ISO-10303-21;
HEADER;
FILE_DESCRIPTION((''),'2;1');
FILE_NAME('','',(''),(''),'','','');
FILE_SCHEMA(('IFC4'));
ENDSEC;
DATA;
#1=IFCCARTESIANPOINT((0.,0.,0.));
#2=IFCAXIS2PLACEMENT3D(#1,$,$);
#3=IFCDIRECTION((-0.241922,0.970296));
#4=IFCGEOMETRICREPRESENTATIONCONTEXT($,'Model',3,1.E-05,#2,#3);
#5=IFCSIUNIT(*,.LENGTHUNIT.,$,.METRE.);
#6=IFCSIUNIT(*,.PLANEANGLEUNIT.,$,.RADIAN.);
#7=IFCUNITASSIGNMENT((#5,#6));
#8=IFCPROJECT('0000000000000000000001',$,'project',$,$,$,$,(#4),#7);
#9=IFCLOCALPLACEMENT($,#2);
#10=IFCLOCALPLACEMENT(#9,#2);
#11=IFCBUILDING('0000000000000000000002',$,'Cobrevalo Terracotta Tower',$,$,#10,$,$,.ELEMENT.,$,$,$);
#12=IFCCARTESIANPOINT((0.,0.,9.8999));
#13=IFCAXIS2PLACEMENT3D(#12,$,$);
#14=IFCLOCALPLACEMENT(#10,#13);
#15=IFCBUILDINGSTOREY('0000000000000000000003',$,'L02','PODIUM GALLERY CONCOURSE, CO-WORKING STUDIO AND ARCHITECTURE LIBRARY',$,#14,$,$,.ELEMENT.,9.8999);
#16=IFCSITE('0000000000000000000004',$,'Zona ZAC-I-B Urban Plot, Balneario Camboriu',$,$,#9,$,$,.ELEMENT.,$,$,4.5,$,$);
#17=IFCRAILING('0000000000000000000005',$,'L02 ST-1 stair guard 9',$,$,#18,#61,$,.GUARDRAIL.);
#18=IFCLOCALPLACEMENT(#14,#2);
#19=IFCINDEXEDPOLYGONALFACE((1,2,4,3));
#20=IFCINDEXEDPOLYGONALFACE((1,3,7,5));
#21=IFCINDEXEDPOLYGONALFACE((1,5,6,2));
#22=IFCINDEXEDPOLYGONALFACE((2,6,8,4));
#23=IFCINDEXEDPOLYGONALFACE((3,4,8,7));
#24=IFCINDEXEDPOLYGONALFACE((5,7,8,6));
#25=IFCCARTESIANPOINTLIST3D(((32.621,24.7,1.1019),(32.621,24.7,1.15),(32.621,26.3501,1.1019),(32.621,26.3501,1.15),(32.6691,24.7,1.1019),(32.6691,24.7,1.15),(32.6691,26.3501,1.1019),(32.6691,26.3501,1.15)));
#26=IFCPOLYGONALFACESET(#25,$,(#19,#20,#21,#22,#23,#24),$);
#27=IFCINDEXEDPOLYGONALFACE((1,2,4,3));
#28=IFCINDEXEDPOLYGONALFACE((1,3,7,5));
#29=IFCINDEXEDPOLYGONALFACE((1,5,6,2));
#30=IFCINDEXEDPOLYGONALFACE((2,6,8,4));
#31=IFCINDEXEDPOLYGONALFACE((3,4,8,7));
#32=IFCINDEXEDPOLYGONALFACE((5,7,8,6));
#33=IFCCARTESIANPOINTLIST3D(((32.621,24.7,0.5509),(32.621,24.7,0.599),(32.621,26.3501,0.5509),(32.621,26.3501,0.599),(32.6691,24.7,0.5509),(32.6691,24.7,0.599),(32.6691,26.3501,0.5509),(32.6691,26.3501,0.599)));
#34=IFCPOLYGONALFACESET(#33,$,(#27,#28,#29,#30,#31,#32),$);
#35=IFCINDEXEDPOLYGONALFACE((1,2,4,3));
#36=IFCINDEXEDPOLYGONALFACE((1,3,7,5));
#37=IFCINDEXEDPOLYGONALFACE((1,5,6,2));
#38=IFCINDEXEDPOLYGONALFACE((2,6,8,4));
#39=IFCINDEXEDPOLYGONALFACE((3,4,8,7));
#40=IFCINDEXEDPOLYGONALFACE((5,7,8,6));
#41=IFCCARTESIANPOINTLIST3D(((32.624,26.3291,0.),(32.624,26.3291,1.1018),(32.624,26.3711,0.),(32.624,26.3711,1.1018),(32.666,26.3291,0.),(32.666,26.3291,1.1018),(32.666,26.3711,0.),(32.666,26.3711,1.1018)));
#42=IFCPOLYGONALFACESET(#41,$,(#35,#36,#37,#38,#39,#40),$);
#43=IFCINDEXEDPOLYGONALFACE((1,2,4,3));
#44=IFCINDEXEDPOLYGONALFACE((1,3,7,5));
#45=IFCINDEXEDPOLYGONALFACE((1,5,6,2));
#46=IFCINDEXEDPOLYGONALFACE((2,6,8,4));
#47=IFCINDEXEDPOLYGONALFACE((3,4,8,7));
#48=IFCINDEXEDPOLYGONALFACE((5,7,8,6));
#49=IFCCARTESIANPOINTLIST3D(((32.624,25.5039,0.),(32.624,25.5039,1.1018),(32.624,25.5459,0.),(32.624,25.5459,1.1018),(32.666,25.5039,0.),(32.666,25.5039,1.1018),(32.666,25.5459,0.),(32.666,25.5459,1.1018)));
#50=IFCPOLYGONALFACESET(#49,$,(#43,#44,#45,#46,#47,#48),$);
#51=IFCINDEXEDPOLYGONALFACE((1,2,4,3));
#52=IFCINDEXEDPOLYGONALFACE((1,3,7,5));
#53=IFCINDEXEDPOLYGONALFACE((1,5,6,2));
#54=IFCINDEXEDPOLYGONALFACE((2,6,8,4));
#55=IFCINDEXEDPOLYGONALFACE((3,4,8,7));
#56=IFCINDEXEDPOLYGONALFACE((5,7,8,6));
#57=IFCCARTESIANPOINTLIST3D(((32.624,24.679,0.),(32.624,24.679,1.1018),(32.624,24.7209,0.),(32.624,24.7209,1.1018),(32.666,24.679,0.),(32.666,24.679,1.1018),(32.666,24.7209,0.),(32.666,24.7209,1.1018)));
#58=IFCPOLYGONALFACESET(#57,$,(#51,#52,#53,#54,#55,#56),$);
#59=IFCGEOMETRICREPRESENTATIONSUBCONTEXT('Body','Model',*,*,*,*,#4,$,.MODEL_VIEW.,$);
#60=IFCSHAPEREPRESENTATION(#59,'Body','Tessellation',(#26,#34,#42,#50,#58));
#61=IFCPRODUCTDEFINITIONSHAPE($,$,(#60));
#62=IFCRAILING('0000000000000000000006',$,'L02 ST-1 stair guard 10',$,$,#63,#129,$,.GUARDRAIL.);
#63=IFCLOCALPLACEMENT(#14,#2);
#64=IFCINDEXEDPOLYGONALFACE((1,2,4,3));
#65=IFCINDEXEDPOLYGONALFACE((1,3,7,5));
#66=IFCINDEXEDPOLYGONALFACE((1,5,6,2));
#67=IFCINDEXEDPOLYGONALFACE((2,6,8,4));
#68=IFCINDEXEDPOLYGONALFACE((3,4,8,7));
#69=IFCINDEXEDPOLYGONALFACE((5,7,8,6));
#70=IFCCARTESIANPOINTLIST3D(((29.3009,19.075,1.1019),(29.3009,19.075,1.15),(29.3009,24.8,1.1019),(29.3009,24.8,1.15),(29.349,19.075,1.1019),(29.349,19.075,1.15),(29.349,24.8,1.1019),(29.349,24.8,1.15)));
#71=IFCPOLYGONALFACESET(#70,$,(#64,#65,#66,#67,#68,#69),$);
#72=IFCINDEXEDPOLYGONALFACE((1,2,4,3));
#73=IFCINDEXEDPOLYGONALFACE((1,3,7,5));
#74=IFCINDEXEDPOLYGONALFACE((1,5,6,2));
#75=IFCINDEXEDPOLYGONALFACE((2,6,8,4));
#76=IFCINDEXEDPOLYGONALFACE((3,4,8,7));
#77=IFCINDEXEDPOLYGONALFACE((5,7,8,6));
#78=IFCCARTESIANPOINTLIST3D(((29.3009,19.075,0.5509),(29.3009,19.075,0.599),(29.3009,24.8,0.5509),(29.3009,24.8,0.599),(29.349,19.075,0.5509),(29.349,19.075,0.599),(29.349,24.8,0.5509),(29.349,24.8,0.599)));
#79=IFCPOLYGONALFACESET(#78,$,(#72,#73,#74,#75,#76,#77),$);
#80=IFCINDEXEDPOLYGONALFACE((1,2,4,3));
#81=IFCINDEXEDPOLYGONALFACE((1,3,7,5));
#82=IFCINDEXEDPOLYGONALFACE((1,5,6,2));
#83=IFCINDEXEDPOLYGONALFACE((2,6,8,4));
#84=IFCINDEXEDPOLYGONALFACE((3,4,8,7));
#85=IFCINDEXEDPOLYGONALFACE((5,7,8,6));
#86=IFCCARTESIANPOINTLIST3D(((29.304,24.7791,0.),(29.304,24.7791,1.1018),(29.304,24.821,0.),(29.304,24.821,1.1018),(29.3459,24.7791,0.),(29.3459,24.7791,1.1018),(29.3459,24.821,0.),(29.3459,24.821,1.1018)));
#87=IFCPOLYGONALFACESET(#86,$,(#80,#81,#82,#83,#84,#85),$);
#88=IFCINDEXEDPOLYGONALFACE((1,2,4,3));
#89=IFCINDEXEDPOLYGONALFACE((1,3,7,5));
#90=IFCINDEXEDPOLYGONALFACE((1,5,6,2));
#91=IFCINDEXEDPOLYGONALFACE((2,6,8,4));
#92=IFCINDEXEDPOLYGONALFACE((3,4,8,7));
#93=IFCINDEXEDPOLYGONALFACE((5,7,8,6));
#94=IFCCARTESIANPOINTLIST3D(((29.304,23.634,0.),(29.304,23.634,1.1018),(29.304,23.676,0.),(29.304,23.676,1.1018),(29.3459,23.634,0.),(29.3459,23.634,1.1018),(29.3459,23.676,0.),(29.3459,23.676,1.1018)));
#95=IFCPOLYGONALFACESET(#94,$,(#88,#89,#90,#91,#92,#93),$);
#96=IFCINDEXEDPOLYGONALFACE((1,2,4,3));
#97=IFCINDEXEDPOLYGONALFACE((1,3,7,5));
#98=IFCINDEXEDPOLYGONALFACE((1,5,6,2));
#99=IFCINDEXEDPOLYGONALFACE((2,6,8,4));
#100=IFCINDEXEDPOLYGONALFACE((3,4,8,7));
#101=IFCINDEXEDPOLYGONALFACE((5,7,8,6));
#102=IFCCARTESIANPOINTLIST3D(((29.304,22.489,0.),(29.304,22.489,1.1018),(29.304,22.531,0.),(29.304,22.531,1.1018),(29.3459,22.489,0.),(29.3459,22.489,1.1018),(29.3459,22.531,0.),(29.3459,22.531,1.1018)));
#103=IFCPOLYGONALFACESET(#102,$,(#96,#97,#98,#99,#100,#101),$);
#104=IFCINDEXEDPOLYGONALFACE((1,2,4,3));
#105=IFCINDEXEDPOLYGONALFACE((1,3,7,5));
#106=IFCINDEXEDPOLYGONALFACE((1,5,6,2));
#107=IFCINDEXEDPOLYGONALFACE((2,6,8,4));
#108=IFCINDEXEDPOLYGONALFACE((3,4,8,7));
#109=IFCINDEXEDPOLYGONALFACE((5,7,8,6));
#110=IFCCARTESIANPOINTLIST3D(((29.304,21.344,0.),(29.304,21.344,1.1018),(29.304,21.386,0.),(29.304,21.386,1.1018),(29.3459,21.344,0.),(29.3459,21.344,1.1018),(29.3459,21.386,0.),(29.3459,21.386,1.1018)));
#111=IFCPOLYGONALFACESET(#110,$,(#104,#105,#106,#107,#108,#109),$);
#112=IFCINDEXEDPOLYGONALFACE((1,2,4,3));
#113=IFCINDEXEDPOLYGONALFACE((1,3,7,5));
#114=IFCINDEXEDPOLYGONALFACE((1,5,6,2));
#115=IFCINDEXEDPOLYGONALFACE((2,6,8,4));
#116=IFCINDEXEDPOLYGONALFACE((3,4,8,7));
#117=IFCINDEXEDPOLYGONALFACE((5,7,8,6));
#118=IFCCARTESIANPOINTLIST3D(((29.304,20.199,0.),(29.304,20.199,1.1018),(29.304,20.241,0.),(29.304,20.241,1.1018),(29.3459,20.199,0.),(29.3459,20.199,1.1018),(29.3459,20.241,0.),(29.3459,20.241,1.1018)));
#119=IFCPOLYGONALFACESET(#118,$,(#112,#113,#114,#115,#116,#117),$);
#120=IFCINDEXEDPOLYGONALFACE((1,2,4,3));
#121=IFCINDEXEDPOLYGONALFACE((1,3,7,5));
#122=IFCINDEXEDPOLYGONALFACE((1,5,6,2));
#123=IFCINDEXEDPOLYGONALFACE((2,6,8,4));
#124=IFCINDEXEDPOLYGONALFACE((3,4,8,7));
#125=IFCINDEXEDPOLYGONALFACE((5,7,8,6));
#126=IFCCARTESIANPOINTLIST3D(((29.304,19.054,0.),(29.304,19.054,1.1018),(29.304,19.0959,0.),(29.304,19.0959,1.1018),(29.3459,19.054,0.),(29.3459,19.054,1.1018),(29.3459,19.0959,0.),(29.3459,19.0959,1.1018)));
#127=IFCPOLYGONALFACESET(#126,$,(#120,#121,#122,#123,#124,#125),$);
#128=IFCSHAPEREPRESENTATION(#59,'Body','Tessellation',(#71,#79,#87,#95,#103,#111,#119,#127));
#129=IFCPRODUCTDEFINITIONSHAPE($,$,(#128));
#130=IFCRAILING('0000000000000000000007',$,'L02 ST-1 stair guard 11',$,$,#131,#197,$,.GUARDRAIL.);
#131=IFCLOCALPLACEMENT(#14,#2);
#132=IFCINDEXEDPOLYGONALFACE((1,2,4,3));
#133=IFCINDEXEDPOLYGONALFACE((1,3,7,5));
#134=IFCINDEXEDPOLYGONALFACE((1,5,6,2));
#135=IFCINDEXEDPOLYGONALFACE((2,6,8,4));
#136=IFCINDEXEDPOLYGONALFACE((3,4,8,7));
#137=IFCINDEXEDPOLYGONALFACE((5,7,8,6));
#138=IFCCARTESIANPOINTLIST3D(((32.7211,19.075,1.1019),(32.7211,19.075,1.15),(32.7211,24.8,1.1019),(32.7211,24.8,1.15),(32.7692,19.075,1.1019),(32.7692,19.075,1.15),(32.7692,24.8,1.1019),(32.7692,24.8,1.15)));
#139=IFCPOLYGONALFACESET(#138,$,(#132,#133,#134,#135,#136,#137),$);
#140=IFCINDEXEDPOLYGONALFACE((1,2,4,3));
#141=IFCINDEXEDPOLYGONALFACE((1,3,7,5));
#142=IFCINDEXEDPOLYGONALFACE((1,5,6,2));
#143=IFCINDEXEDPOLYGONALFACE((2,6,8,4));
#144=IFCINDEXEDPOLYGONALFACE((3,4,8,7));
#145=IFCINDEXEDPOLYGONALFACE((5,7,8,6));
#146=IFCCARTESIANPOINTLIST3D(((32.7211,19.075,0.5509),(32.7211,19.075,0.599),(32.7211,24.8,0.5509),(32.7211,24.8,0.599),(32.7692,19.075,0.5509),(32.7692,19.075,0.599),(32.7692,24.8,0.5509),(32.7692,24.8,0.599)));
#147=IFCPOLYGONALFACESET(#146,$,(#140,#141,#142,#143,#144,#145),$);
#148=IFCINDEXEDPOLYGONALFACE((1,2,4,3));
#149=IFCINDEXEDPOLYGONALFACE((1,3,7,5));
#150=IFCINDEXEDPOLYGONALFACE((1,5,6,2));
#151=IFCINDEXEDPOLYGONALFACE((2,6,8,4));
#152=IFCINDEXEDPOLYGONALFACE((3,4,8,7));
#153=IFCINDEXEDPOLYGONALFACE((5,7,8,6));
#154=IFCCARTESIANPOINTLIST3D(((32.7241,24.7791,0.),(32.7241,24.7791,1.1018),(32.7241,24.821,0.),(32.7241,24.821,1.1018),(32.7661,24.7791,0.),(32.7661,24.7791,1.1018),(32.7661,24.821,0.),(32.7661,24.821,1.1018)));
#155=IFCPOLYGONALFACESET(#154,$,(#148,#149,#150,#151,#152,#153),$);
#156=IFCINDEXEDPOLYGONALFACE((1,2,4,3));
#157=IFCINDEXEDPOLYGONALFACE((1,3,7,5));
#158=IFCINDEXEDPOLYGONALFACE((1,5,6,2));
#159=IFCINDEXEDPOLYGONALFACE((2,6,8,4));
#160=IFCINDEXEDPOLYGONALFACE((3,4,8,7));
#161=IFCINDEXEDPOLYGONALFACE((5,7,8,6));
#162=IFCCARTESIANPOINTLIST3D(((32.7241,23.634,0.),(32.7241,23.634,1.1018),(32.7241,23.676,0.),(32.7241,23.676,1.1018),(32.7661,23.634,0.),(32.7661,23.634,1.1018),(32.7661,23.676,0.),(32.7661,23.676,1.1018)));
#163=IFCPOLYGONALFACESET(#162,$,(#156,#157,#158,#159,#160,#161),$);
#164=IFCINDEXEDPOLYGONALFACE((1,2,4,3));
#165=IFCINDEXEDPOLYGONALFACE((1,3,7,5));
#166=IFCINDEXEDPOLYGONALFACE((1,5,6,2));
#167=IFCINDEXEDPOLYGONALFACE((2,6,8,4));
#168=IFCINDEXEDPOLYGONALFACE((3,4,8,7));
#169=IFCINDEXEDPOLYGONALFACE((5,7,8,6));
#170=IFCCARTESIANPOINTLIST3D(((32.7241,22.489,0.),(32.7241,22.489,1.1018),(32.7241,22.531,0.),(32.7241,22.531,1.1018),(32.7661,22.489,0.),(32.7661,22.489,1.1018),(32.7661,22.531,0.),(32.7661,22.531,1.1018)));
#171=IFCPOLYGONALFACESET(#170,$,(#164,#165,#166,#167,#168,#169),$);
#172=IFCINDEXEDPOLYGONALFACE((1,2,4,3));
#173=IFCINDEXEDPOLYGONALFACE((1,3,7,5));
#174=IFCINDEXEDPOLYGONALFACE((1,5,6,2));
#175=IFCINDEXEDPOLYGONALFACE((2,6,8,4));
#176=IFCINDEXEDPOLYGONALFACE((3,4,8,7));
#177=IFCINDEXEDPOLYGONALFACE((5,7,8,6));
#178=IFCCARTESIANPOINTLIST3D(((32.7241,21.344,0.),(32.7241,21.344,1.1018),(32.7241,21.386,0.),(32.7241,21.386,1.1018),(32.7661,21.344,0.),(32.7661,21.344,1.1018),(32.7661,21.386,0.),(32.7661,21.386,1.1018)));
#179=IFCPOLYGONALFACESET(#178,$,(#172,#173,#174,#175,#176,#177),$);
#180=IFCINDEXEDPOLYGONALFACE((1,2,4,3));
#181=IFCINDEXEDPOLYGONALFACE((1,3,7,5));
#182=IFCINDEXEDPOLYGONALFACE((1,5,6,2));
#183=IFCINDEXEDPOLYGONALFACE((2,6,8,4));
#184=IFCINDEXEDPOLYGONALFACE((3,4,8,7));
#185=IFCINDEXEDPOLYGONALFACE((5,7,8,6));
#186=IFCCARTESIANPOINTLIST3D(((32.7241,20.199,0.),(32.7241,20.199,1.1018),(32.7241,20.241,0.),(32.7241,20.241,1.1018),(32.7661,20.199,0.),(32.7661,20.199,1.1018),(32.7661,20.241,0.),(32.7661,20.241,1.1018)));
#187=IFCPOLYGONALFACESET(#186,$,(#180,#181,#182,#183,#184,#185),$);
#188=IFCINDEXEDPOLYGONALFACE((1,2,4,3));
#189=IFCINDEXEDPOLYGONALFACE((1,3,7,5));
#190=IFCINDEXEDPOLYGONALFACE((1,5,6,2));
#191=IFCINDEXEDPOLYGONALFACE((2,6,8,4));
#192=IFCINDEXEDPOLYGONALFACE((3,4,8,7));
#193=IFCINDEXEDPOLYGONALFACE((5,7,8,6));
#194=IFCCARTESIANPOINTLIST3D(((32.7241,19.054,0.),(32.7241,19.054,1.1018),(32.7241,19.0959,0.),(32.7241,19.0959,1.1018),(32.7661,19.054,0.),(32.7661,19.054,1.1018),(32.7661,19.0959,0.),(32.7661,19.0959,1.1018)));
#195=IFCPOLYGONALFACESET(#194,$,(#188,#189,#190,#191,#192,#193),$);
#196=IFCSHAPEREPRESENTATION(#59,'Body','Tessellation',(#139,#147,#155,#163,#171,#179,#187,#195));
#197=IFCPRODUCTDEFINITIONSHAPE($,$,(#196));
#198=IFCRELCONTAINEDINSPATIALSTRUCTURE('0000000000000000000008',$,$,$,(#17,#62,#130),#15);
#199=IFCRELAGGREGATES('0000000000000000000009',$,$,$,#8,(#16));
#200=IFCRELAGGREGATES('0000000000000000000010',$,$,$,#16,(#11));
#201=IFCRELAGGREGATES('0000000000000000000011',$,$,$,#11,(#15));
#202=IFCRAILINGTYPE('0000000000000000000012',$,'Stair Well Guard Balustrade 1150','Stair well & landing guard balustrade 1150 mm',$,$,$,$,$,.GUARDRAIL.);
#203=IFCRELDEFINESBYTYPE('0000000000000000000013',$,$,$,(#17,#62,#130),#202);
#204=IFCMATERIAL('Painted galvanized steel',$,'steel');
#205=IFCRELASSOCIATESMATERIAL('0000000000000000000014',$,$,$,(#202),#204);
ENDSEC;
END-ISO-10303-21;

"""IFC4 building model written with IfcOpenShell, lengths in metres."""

from ifc_helpers import new_model, si_unit, direction, frame, origin, origin_2d, place, context, subcontext, project, spatial, rectangle, extrude, material, type_object, element, save


model = new_model("IFC4")

# Units and contexts
model_context = context("Model", 3, precision=1e-05, world=origin(), true_north=direction((-0.241922, 0.970296)))
body_context = subcontext(model_context, "Body", "Model", "MODEL_VIEW")
ifc_project = project(units=[si_unit("LENGTHUNIT", "METRE"), si_unit("PLANEANGLEUNIT", "RADIAN")], contexts=[model_context])

# Site, building, storey
site_placement = place(None, origin())
site = spatial("IfcSite", under=ifc_project, at=site_placement, Name="Zona ZAC-I-B Urban Plot, Balneario Camboriu", CompositionType="ELEMENT", RefElevation=4.5)
building_placement = place(site_placement, origin())
building = spatial("IfcBuilding", under=site, at=building_placement, Name="Cobrevalo Terracotta Tower", CompositionType="ELEMENT")
storey_placement = place(building_placement, frame((0.0, 0.0, 9.8999)))
storey = spatial("IfcBuildingStorey", under=building, at=storey_placement, Name="L02", Description="PODIUM GALLERY CONCOURSE, CO-WORKING STUDIO AND ARCHITECTURE LIBRARY", CompositionType="ELEMENT", Elevation=9.8999)

# Railings
ifc_material_1 = material(Name="Painted galvanized steel", Category="steel")
railing_type = type_object("IfcRailingType", Name="Stair Well Guard Balustrade 1150", Description="Stair well & landing guard balustrade 1150 mm", PredefinedType="GUARDRAIL", material=ifc_material_1)
for number, where, name in (
    (1, (32.645, 26.3501, 0.0), "L02 ST-1 stair guard 9"),
):
    element("IfcRailing", number, at=place(storey_placement, frame(where)), inside=storey, type_object=railing_type, Name=name, PredefinedType="GUARDRAIL", context=body_context, shape_type="SweptSolid", body=[
        extrude(rectangle(XDim=0.0481, YDim=0.0481, at=origin_2d()), frame((0.0, 0.0, 1.126), z_axis=(0.0, -1.0, 0.0), x_axis=(1.0, 0.0, 0.0)), (0.0, 0.0, 1.0), 1.6501),
        extrude(rectangle(XDim=0.0481, YDim=0.0481, at=origin_2d()), frame((0.0, 0.0, 0.575), z_axis=(0.0, -1.0, 0.0), x_axis=(1.0, 0.0, 0.0)), (0.0, 0.0, 1.0), 1.6501),
        extrude(rectangle(XDim=0.042, YDim=0.042, at=origin_2d()), origin(), (0.0, 0.0, 1.0), 1.1018),
        extrude(rectangle(XDim=0.042, YDim=0.042, at=origin_2d()), frame((0.0, -0.8252, 0.0)), (0.0, 0.0, 1.0), 1.1018),
        extrude(rectangle(XDim=0.042, YDim=0.042, at=origin_2d()), frame((0.0, -1.6501, 0.0)), (0.0, 0.0, 1.0), 1.1018),
    ])
for number, where, name in (
    (2, (29.325, 24.8, 0.0), "L02 ST-1 stair guard 10"),
    (3, (32.7451, 24.8, 0.0), "L02 ST-1 stair guard 11"),
):
    element("IfcRailing", number, at=place(storey_placement, frame(where)), inside=storey, type_object=railing_type, Name=name, PredefinedType="GUARDRAIL", context=body_context, shape_type="SweptSolid", body=[
        extrude(rectangle(XDim=0.0481, YDim=0.0481, at=origin_2d()), frame((0.0, 0.0, 1.126), z_axis=(0.0, -1.0, 0.0), x_axis=(1.0, 0.0, 0.0)), (0.0, 0.0, 1.0), 5.7251),
        extrude(rectangle(XDim=0.0481, YDim=0.0481, at=origin_2d()), frame((0.0, 0.0, 0.575), z_axis=(0.0, -1.0, 0.0), x_axis=(1.0, 0.0, 0.0)), (0.0, 0.0, 1.0), 5.7251),
        extrude(rectangle(XDim=0.042, YDim=0.042, at=origin_2d()), origin(), (0.0, 0.0, 1.0), 1.1018),
        extrude(rectangle(XDim=0.042, YDim=0.042, at=origin_2d()), frame((0.0, -1.145, 0.0)), (0.0, 0.0, 1.0), 1.1018),
        extrude(rectangle(XDim=0.042, YDim=0.042, at=origin_2d()), frame((0.0, -2.29, 0.0)), (0.0, 0.0, 1.0), 1.1018),
        extrude(rectangle(XDim=0.042, YDim=0.042, at=origin_2d()), frame((0.0, -3.4351, 0.0)), (0.0, 0.0, 1.0), 1.1018),
        extrude(rectangle(XDim=0.042, YDim=0.042, at=origin_2d()), frame((0.0, -4.5801, 0.0)), (0.0, 0.0, 1.0), 1.1018),
        extrude(rectangle(XDim=0.042, YDim=0.042, at=origin_2d()), frame((0.0, -5.7251, 0.0)), (0.0, 0.0, 1.0), 1.1018),
    ])

save(model, "model.ifc")
